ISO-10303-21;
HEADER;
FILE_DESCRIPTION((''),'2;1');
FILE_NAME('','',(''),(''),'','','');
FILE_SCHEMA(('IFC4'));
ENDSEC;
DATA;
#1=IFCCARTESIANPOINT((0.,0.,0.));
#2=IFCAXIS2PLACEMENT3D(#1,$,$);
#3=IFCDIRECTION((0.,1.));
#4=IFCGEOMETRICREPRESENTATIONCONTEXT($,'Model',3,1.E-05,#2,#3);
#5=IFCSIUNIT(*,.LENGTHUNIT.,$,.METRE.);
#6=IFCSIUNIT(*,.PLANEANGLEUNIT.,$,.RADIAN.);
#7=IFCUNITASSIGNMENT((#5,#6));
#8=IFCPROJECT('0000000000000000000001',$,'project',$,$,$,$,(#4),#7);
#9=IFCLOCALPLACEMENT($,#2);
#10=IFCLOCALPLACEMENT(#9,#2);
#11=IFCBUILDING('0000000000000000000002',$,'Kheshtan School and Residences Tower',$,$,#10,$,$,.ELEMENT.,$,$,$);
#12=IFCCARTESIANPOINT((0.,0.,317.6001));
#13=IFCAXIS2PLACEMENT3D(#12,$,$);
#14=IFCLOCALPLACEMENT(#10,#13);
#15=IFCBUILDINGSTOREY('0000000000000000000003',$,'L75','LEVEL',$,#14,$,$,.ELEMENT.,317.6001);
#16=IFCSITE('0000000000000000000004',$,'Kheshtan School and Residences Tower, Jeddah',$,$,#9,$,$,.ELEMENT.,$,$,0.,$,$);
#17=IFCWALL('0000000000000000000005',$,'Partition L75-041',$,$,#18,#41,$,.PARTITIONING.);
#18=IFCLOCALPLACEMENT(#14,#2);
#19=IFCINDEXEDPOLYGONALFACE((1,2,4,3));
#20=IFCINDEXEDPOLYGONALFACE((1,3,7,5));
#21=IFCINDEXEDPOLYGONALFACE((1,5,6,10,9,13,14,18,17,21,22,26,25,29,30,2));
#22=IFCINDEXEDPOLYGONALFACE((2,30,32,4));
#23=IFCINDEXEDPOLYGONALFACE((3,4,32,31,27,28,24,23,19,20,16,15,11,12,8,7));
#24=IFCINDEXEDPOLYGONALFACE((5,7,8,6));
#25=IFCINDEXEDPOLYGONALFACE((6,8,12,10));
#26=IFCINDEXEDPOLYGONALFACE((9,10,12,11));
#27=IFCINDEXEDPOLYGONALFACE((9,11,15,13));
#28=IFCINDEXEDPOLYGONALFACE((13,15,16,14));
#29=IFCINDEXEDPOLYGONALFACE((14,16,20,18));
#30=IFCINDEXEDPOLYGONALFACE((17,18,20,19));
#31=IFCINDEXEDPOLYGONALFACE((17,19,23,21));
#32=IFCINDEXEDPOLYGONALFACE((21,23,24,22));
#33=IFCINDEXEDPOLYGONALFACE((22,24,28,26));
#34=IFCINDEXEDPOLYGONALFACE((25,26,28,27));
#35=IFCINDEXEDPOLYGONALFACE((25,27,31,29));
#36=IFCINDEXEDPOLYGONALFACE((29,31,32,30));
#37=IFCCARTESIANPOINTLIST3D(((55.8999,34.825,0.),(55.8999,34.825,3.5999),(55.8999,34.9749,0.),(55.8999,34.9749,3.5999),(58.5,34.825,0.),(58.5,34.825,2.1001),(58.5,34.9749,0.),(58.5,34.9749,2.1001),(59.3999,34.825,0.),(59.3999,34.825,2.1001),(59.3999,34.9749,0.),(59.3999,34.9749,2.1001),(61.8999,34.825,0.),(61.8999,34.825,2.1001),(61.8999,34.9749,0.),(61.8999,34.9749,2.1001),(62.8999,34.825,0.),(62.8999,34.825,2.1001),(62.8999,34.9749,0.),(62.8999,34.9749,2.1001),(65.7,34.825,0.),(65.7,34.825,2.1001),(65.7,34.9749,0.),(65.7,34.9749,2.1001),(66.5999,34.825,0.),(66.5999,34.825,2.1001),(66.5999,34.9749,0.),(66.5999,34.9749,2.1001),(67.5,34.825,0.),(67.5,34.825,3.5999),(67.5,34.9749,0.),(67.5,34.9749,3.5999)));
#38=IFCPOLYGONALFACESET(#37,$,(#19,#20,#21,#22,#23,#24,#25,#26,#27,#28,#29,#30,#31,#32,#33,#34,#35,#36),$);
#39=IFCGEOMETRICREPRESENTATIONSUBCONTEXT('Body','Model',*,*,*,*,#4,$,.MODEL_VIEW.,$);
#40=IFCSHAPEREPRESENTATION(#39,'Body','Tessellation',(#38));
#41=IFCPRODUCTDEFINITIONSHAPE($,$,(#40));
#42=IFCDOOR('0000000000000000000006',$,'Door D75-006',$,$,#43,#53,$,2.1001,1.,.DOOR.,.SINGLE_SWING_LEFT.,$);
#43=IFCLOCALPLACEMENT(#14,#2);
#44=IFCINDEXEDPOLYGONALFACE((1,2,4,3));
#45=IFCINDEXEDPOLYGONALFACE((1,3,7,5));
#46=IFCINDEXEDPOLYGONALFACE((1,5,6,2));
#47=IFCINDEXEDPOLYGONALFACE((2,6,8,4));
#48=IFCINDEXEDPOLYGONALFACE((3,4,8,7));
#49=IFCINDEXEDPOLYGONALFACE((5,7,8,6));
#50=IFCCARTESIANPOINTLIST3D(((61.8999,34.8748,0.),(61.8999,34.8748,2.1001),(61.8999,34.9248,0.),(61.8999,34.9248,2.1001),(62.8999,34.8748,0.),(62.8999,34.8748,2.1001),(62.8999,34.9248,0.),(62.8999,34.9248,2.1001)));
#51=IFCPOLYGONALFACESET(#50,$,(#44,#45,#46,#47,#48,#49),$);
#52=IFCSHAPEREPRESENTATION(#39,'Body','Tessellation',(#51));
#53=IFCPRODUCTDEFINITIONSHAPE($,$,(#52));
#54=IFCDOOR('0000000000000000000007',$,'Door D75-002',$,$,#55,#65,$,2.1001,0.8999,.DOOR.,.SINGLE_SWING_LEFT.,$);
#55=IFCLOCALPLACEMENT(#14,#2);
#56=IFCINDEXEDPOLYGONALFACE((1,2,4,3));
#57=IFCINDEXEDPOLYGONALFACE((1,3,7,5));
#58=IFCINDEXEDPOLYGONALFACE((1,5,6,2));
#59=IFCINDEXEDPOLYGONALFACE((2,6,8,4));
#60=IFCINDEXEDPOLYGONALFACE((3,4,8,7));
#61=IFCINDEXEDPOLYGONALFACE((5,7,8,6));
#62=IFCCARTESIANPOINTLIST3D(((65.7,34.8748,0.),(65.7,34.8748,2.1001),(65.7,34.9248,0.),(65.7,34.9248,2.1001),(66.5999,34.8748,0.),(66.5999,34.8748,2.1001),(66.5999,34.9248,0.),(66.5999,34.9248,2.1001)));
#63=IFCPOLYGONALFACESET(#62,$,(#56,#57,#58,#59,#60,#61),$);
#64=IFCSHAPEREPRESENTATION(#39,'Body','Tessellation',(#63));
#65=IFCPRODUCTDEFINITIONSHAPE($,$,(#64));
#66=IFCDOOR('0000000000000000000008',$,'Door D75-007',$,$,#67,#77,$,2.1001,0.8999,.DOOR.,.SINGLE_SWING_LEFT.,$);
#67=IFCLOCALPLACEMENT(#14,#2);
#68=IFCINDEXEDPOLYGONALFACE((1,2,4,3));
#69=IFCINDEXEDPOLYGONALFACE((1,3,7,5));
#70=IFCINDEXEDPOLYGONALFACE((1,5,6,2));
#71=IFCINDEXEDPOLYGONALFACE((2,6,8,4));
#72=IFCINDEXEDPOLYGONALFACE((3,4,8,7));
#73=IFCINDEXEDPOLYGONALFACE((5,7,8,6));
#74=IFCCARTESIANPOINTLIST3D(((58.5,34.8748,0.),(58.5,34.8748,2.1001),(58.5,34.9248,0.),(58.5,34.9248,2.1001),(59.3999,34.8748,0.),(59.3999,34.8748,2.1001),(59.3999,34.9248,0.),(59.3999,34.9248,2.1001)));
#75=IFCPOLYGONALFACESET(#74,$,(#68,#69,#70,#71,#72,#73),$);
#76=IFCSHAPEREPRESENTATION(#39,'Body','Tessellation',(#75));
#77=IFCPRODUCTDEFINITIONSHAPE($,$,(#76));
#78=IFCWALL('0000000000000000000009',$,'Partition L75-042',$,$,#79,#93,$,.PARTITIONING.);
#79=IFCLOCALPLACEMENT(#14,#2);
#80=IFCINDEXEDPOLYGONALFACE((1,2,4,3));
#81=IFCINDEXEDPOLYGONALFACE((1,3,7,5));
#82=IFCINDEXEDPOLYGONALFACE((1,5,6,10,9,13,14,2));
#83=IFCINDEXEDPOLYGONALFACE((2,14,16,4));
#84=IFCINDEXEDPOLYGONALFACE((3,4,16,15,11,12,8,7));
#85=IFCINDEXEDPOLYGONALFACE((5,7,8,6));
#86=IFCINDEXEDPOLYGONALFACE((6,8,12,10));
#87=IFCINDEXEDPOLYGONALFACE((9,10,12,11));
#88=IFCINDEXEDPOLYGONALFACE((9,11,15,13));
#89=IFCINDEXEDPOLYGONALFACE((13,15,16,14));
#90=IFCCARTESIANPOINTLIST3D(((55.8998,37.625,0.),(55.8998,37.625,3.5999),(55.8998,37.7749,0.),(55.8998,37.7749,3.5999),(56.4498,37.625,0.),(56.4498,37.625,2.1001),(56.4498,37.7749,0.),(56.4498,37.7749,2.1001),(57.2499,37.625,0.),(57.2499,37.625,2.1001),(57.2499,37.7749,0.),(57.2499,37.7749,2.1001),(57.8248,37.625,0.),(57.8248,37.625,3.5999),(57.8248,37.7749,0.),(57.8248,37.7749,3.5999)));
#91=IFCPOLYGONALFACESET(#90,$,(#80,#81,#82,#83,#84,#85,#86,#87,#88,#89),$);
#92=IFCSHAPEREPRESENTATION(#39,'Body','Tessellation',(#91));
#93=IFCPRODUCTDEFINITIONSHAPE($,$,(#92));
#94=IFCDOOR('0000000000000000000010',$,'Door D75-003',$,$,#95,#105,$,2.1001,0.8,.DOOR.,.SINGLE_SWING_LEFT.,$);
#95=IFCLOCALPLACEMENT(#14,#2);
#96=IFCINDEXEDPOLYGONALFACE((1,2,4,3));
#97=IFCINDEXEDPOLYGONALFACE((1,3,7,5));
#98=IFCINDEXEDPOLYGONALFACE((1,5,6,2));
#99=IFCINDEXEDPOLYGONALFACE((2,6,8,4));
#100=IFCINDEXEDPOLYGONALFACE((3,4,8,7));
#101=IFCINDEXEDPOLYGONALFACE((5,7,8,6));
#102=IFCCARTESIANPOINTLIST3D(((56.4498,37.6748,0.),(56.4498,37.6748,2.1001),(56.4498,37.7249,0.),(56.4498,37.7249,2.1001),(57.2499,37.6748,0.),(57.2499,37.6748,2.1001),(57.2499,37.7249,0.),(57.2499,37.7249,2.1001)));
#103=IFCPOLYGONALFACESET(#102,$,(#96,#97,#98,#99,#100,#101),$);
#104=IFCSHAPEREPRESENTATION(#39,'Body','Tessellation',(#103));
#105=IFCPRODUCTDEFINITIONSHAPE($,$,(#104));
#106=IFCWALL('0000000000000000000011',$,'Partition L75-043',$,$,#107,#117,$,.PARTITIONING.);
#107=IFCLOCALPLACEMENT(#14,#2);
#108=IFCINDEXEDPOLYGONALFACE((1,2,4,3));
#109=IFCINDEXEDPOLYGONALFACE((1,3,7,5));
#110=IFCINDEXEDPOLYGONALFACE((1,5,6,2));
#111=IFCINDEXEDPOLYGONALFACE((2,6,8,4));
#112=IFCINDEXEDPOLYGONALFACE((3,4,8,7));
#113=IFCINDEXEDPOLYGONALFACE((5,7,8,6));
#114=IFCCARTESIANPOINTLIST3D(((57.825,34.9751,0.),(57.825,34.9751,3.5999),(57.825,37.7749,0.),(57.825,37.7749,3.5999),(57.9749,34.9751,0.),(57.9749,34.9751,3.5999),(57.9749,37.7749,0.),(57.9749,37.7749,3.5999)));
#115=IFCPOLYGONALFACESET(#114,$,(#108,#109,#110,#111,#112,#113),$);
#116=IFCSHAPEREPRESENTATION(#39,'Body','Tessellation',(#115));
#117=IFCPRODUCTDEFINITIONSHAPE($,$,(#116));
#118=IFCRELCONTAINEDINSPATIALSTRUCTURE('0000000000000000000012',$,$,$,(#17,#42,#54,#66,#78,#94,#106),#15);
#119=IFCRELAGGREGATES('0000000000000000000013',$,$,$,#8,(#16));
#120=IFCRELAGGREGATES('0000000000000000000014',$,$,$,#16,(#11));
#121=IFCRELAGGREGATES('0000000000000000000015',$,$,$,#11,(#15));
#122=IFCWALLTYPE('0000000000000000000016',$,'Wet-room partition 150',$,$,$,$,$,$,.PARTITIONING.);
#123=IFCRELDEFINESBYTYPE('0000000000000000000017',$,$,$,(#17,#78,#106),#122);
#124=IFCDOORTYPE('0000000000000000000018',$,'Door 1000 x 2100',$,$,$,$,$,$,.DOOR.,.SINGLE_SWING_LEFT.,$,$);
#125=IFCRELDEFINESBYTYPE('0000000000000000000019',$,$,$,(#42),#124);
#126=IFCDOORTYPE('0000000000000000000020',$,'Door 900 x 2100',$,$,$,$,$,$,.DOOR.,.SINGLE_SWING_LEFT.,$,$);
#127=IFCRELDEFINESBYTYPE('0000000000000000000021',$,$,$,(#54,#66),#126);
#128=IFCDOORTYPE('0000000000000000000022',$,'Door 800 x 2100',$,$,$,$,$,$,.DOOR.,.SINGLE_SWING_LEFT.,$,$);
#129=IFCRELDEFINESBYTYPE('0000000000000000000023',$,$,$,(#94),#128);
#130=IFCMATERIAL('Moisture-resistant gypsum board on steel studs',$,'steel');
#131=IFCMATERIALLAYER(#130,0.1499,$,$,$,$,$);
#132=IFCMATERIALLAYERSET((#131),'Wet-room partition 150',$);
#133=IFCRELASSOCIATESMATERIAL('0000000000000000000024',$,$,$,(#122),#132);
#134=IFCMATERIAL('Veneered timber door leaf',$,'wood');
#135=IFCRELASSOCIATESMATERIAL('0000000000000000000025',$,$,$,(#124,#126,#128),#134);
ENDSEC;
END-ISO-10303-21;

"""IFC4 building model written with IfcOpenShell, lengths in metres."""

from ifc_helpers import new_model, si_unit, direction, frame, frame_2d, origin, place, context, subcontext, project, spatial, rectangle, extrude, source, transform, mapped, material, layer, layer_set, type_object, element, fill, save


model = new_model("IFC4")

# Units and contexts
model_context = context("Model", 3, precision=1e-05, world=origin(), true_north=direction((0.0, 1.0)))
body_context = subcontext(model_context, "Body", "Model", "MODEL_VIEW")
ifc_project = project(units=[si_unit("LENGTHUNIT", "METRE"), si_unit("PLANEANGLEUNIT", "RADIAN")], contexts=[model_context])

# Site, building, storey
site_placement = place(None, origin())
site = spatial("IfcSite", under=ifc_project, at=site_placement, Name="Kheshtan School and Residences Tower, Jeddah", CompositionType="ELEMENT", RefElevation=0.0)
building_placement = place(site_placement, origin())
building = spatial("IfcBuilding", under=site, at=building_placement, Name="Kheshtan School and Residences Tower", CompositionType="ELEMENT")
storey_placement = place(building_placement, frame((0.0, 0.0, 317.6001)))
storey = spatial("IfcBuildingStorey", under=building, at=storey_placement, Name="L75", Description="LEVEL", CompositionType="ELEMENT", Elevation=317.6001)

# Wall, openings, doors
ifc_material_1 = material(Name="Moisture-resistant gypsum board on steel studs", Category="steel")
ifc_layer_1 = layer(ifc_material_1, 0.1499)
ifc_layer_set_1 = layer_set([ifc_layer_1], Name="Wet-room partition 150")
wall_type_1 = type_object("IfcWallType", Name="Wet-room partition 150", PredefinedType="PARTITIONING", material=ifc_layer_set_1)
wall_1_placement = place(storey_placement, frame((55.8999, 34.8999, 0.0), z_axis=(0.0, 0.0, 1.0), x_axis=(1.0, 0.0, 0.0)))
wall_1 = element("IfcWall", 1, at=wall_1_placement, inside=storey, type_object=wall_type_1, Name="Partition L75-041", PredefinedType="PARTITIONING", context=body_context, shape_type="SweptSolid", body=[
    extrude(rectangle(XDim=11.6001, YDim=0.1499, at=frame_2d((5.8, 0.0))), origin(), (0.0, 0.0, 1.0), 3.5999),
])
opening_1_placement = place(wall_1_placement, frame((9.8, 0.0, 0.0)))
opening_1 = element("IfcOpeningElement", 2, at=opening_1_placement, cuts=wall_1, PredefinedType="OPENING", context=body_context, shape_type="SweptSolid", body=[
    extrude(rectangle(XDim=0.8999, YDim=2.1001, at=frame_2d((0.45, 1.05))), frame((0.0, 0.085, 0.0), z_axis=(0.0, -1.0, 0.0), x_axis=(1.0, 0.0, 0.0)), (0.0, 0.0, 1.0), 0.1699),
])
opening_2_placement = place(wall_1_placement, frame((6.0, 0.0, 0.0)))
opening_2 = element("IfcOpeningElement", 3, at=opening_2_placement, cuts=wall_1, PredefinedType="OPENING", context=body_context, shape_type="SweptSolid", body=[
    extrude(rectangle(XDim=1.0, YDim=2.1001, at=frame_2d((0.5, 1.05))), frame((0.0, 0.085, 0.0), z_axis=(0.0, -1.0, 0.0), x_axis=(1.0, 0.0, 0.0)), (0.0, 0.0, 1.0), 0.1699),
])
opening_3_placement = place(wall_1_placement, frame((2.6001, 0.0, 0.0)))
opening_3 = element("IfcOpeningElement", 4, at=opening_3_placement, cuts=wall_1, PredefinedType="OPENING", context=body_context, shape_type="SweptSolid", body=[
    extrude(rectangle(XDim=0.8999, YDim=2.1001, at=frame_2d((0.45, 1.05))), frame((0.0, 0.085, 0.0), z_axis=(0.0, -1.0, 0.0), x_axis=(1.0, 0.0, 0.0)), (0.0, 0.0, 1.0), 0.1699),
])
ifc_material_2 = material(Name="Veneered timber door leaf", Category="wood")
door_type_1 = type_object("IfcDoorType", Name="Door 1000 x 2100", OperationType="SINGLE_SWING_LEFT", PredefinedType="DOOR", material=ifc_material_2)
shared_shape_1 = source(origin(), body_context, "Body", "SweptSolid", [
    extrude(rectangle(XDim=1.0, YDim=2.1001, at=frame_2d((0.5, 1.05))), frame((0.0, 0.0249, 0.0), z_axis=(0.0, -1.0, 0.0), x_axis=(1.0, 0.0, 0.0)), (0.0, 0.0, 1.0), 0.05),
])
door_1_placement = place(opening_2_placement, origin())
door_1 = element("IfcDoor", 5, at=door_1_placement, inside=storey, type_object=door_type_1, Name="Door D75-006", OperationType="SINGLE_SWING_LEFT", OverallHeight=2.1001, OverallWidth=1.0, PredefinedType="DOOR", context=body_context, shape_type="MappedRepresentation", body=[
    mapped(shared_shape_1, transform((0.0, 0.0, 0.0), x_axis=(1.0, 0.0, 0.0), y_axis=(0.0, 1.0, 0.0), z_axis=(0.0, 0.0, 1.0), scale=1.0)),
])
fill(opening_2, door_1)
door_type_2 = type_object("IfcDoorType", Name="Door 900 x 2100", OperationType="SINGLE_SWING_LEFT", PredefinedType="DOOR", material=ifc_material_2)
shared_shape_2 = source(origin(), body_context, "Body", "SweptSolid", [
    extrude(rectangle(XDim=0.8999, YDim=2.1001, at=frame_2d((0.45, 1.05))), frame((0.0, 0.0249, 0.0), z_axis=(0.0, -1.0, 0.0), x_axis=(1.0, 0.0, 0.0)), (0.0, 0.0, 1.0), 0.05),
])
door_2_placement = place(opening_1_placement, origin())
door_2 = element("IfcDoor", 6, at=door_2_placement, inside=storey, type_object=door_type_2, Name="Door D75-002", OperationType="SINGLE_SWING_LEFT", OverallHeight=2.1001, OverallWidth=0.8999, PredefinedType="DOOR", context=body_context, shape_type="MappedRepresentation", body=[
    mapped(shared_shape_2, transform((0.0, 0.0, 0.0), x_axis=(1.0, 0.0, 0.0), y_axis=(0.0, 1.0, 0.0), z_axis=(0.0, 0.0, 1.0), scale=1.0)),
])
fill(opening_1, door_2)
door_3_placement = place(opening_3_placement, origin())
door_3 = element("IfcDoor", 7, at=door_3_placement, inside=storey, type_object=door_type_2, Name="Door D75-007", OperationType="SINGLE_SWING_LEFT", OverallHeight=2.1001, OverallWidth=0.8999, PredefinedType="DOOR", context=body_context, shape_type="MappedRepresentation", body=[
    mapped(shared_shape_2, transform((0.0, 0.0, 0.0), x_axis=(1.0, 0.0, 0.0), y_axis=(0.0, 1.0, 0.0), z_axis=(0.0, 0.0, 1.0), scale=1.0)),
])
fill(opening_3, door_3)

# Wall, opening, door
wall_2_placement = place(storey_placement, frame((55.8999, 37.7, 0.0), z_axis=(0.0, 0.0, 1.0), x_axis=(1.0, 0.0, 0.0)))
wall_2 = element("IfcWall", 8, at=wall_2_placement, inside=storey, type_object=wall_type_1, Name="Partition L75-042", PredefinedType="PARTITIONING", context=body_context, shape_type="SweptSolid", body=[
    extrude(rectangle(XDim=1.925, YDim=0.1499, at=frame_2d((0.9624, 0.0))), origin(), (0.0, 0.0, 1.0), 3.5999),
])
opening_4_placement = place(wall_2_placement, frame((0.55, 0.0, 0.0)))
opening_4 = element("IfcOpeningElement", 9, at=opening_4_placement, cuts=wall_2, PredefinedType="OPENING", context=body_context, shape_type="SweptSolid", body=[
    extrude(rectangle(XDim=0.8, YDim=2.1001, at=frame_2d((0.3999, 1.05))), frame((0.0, 0.085, 0.0), z_axis=(0.0, -1.0, 0.0), x_axis=(1.0, 0.0, 0.0)), (0.0, 0.0, 1.0), 0.1699),
])
door_type_3 = type_object("IfcDoorType", Name="Door 800 x 2100", OperationType="SINGLE_SWING_LEFT", PredefinedType="DOOR", material=ifc_material_2)
shared_shape_3 = source(origin(), body_context, "Body", "SweptSolid", [
    extrude(rectangle(XDim=0.8, YDim=2.1001, at=frame_2d((0.3999, 1.05))), frame((0.0, 0.0249, 0.0), z_axis=(0.0, -1.0, 0.0), x_axis=(1.0, 0.0, 0.0)), (0.0, 0.0, 1.0), 0.05),
])
door_4_placement = place(opening_4_placement, origin())
door_4 = element("IfcDoor", 10, at=door_4_placement, inside=storey, type_object=door_type_3, Name="Door D75-003", OperationType="SINGLE_SWING_LEFT", OverallHeight=2.1001, OverallWidth=0.8, PredefinedType="DOOR", context=body_context, shape_type="MappedRepresentation", body=[
    mapped(shared_shape_3, transform((0.0, 0.0, 0.0), x_axis=(1.0, 0.0, 0.0), y_axis=(0.0, 1.0, 0.0), z_axis=(0.0, 0.0, 1.0), scale=1.0)),
])
fill(opening_4, door_4)

# Wall
wall_3_placement = place(storey_placement, frame((57.8999, 34.9751, 0.0), z_axis=(0.0, 0.0, 1.0), x_axis=(0.0, 1.0, 0.0)))
element("IfcWall", 11, at=wall_3_placement, inside=storey, type_object=wall_type_1, Name="Partition L75-043", PredefinedType="PARTITIONING", context=body_context, shape_type="SweptSolid", body=[
    extrude(rectangle(XDim=2.7998, YDim=0.1499, at=frame_2d((1.3999, 0.0))), origin(), (0.0, 0.0, 1.0), 3.5999),
])

save(model, "model.ifc")
